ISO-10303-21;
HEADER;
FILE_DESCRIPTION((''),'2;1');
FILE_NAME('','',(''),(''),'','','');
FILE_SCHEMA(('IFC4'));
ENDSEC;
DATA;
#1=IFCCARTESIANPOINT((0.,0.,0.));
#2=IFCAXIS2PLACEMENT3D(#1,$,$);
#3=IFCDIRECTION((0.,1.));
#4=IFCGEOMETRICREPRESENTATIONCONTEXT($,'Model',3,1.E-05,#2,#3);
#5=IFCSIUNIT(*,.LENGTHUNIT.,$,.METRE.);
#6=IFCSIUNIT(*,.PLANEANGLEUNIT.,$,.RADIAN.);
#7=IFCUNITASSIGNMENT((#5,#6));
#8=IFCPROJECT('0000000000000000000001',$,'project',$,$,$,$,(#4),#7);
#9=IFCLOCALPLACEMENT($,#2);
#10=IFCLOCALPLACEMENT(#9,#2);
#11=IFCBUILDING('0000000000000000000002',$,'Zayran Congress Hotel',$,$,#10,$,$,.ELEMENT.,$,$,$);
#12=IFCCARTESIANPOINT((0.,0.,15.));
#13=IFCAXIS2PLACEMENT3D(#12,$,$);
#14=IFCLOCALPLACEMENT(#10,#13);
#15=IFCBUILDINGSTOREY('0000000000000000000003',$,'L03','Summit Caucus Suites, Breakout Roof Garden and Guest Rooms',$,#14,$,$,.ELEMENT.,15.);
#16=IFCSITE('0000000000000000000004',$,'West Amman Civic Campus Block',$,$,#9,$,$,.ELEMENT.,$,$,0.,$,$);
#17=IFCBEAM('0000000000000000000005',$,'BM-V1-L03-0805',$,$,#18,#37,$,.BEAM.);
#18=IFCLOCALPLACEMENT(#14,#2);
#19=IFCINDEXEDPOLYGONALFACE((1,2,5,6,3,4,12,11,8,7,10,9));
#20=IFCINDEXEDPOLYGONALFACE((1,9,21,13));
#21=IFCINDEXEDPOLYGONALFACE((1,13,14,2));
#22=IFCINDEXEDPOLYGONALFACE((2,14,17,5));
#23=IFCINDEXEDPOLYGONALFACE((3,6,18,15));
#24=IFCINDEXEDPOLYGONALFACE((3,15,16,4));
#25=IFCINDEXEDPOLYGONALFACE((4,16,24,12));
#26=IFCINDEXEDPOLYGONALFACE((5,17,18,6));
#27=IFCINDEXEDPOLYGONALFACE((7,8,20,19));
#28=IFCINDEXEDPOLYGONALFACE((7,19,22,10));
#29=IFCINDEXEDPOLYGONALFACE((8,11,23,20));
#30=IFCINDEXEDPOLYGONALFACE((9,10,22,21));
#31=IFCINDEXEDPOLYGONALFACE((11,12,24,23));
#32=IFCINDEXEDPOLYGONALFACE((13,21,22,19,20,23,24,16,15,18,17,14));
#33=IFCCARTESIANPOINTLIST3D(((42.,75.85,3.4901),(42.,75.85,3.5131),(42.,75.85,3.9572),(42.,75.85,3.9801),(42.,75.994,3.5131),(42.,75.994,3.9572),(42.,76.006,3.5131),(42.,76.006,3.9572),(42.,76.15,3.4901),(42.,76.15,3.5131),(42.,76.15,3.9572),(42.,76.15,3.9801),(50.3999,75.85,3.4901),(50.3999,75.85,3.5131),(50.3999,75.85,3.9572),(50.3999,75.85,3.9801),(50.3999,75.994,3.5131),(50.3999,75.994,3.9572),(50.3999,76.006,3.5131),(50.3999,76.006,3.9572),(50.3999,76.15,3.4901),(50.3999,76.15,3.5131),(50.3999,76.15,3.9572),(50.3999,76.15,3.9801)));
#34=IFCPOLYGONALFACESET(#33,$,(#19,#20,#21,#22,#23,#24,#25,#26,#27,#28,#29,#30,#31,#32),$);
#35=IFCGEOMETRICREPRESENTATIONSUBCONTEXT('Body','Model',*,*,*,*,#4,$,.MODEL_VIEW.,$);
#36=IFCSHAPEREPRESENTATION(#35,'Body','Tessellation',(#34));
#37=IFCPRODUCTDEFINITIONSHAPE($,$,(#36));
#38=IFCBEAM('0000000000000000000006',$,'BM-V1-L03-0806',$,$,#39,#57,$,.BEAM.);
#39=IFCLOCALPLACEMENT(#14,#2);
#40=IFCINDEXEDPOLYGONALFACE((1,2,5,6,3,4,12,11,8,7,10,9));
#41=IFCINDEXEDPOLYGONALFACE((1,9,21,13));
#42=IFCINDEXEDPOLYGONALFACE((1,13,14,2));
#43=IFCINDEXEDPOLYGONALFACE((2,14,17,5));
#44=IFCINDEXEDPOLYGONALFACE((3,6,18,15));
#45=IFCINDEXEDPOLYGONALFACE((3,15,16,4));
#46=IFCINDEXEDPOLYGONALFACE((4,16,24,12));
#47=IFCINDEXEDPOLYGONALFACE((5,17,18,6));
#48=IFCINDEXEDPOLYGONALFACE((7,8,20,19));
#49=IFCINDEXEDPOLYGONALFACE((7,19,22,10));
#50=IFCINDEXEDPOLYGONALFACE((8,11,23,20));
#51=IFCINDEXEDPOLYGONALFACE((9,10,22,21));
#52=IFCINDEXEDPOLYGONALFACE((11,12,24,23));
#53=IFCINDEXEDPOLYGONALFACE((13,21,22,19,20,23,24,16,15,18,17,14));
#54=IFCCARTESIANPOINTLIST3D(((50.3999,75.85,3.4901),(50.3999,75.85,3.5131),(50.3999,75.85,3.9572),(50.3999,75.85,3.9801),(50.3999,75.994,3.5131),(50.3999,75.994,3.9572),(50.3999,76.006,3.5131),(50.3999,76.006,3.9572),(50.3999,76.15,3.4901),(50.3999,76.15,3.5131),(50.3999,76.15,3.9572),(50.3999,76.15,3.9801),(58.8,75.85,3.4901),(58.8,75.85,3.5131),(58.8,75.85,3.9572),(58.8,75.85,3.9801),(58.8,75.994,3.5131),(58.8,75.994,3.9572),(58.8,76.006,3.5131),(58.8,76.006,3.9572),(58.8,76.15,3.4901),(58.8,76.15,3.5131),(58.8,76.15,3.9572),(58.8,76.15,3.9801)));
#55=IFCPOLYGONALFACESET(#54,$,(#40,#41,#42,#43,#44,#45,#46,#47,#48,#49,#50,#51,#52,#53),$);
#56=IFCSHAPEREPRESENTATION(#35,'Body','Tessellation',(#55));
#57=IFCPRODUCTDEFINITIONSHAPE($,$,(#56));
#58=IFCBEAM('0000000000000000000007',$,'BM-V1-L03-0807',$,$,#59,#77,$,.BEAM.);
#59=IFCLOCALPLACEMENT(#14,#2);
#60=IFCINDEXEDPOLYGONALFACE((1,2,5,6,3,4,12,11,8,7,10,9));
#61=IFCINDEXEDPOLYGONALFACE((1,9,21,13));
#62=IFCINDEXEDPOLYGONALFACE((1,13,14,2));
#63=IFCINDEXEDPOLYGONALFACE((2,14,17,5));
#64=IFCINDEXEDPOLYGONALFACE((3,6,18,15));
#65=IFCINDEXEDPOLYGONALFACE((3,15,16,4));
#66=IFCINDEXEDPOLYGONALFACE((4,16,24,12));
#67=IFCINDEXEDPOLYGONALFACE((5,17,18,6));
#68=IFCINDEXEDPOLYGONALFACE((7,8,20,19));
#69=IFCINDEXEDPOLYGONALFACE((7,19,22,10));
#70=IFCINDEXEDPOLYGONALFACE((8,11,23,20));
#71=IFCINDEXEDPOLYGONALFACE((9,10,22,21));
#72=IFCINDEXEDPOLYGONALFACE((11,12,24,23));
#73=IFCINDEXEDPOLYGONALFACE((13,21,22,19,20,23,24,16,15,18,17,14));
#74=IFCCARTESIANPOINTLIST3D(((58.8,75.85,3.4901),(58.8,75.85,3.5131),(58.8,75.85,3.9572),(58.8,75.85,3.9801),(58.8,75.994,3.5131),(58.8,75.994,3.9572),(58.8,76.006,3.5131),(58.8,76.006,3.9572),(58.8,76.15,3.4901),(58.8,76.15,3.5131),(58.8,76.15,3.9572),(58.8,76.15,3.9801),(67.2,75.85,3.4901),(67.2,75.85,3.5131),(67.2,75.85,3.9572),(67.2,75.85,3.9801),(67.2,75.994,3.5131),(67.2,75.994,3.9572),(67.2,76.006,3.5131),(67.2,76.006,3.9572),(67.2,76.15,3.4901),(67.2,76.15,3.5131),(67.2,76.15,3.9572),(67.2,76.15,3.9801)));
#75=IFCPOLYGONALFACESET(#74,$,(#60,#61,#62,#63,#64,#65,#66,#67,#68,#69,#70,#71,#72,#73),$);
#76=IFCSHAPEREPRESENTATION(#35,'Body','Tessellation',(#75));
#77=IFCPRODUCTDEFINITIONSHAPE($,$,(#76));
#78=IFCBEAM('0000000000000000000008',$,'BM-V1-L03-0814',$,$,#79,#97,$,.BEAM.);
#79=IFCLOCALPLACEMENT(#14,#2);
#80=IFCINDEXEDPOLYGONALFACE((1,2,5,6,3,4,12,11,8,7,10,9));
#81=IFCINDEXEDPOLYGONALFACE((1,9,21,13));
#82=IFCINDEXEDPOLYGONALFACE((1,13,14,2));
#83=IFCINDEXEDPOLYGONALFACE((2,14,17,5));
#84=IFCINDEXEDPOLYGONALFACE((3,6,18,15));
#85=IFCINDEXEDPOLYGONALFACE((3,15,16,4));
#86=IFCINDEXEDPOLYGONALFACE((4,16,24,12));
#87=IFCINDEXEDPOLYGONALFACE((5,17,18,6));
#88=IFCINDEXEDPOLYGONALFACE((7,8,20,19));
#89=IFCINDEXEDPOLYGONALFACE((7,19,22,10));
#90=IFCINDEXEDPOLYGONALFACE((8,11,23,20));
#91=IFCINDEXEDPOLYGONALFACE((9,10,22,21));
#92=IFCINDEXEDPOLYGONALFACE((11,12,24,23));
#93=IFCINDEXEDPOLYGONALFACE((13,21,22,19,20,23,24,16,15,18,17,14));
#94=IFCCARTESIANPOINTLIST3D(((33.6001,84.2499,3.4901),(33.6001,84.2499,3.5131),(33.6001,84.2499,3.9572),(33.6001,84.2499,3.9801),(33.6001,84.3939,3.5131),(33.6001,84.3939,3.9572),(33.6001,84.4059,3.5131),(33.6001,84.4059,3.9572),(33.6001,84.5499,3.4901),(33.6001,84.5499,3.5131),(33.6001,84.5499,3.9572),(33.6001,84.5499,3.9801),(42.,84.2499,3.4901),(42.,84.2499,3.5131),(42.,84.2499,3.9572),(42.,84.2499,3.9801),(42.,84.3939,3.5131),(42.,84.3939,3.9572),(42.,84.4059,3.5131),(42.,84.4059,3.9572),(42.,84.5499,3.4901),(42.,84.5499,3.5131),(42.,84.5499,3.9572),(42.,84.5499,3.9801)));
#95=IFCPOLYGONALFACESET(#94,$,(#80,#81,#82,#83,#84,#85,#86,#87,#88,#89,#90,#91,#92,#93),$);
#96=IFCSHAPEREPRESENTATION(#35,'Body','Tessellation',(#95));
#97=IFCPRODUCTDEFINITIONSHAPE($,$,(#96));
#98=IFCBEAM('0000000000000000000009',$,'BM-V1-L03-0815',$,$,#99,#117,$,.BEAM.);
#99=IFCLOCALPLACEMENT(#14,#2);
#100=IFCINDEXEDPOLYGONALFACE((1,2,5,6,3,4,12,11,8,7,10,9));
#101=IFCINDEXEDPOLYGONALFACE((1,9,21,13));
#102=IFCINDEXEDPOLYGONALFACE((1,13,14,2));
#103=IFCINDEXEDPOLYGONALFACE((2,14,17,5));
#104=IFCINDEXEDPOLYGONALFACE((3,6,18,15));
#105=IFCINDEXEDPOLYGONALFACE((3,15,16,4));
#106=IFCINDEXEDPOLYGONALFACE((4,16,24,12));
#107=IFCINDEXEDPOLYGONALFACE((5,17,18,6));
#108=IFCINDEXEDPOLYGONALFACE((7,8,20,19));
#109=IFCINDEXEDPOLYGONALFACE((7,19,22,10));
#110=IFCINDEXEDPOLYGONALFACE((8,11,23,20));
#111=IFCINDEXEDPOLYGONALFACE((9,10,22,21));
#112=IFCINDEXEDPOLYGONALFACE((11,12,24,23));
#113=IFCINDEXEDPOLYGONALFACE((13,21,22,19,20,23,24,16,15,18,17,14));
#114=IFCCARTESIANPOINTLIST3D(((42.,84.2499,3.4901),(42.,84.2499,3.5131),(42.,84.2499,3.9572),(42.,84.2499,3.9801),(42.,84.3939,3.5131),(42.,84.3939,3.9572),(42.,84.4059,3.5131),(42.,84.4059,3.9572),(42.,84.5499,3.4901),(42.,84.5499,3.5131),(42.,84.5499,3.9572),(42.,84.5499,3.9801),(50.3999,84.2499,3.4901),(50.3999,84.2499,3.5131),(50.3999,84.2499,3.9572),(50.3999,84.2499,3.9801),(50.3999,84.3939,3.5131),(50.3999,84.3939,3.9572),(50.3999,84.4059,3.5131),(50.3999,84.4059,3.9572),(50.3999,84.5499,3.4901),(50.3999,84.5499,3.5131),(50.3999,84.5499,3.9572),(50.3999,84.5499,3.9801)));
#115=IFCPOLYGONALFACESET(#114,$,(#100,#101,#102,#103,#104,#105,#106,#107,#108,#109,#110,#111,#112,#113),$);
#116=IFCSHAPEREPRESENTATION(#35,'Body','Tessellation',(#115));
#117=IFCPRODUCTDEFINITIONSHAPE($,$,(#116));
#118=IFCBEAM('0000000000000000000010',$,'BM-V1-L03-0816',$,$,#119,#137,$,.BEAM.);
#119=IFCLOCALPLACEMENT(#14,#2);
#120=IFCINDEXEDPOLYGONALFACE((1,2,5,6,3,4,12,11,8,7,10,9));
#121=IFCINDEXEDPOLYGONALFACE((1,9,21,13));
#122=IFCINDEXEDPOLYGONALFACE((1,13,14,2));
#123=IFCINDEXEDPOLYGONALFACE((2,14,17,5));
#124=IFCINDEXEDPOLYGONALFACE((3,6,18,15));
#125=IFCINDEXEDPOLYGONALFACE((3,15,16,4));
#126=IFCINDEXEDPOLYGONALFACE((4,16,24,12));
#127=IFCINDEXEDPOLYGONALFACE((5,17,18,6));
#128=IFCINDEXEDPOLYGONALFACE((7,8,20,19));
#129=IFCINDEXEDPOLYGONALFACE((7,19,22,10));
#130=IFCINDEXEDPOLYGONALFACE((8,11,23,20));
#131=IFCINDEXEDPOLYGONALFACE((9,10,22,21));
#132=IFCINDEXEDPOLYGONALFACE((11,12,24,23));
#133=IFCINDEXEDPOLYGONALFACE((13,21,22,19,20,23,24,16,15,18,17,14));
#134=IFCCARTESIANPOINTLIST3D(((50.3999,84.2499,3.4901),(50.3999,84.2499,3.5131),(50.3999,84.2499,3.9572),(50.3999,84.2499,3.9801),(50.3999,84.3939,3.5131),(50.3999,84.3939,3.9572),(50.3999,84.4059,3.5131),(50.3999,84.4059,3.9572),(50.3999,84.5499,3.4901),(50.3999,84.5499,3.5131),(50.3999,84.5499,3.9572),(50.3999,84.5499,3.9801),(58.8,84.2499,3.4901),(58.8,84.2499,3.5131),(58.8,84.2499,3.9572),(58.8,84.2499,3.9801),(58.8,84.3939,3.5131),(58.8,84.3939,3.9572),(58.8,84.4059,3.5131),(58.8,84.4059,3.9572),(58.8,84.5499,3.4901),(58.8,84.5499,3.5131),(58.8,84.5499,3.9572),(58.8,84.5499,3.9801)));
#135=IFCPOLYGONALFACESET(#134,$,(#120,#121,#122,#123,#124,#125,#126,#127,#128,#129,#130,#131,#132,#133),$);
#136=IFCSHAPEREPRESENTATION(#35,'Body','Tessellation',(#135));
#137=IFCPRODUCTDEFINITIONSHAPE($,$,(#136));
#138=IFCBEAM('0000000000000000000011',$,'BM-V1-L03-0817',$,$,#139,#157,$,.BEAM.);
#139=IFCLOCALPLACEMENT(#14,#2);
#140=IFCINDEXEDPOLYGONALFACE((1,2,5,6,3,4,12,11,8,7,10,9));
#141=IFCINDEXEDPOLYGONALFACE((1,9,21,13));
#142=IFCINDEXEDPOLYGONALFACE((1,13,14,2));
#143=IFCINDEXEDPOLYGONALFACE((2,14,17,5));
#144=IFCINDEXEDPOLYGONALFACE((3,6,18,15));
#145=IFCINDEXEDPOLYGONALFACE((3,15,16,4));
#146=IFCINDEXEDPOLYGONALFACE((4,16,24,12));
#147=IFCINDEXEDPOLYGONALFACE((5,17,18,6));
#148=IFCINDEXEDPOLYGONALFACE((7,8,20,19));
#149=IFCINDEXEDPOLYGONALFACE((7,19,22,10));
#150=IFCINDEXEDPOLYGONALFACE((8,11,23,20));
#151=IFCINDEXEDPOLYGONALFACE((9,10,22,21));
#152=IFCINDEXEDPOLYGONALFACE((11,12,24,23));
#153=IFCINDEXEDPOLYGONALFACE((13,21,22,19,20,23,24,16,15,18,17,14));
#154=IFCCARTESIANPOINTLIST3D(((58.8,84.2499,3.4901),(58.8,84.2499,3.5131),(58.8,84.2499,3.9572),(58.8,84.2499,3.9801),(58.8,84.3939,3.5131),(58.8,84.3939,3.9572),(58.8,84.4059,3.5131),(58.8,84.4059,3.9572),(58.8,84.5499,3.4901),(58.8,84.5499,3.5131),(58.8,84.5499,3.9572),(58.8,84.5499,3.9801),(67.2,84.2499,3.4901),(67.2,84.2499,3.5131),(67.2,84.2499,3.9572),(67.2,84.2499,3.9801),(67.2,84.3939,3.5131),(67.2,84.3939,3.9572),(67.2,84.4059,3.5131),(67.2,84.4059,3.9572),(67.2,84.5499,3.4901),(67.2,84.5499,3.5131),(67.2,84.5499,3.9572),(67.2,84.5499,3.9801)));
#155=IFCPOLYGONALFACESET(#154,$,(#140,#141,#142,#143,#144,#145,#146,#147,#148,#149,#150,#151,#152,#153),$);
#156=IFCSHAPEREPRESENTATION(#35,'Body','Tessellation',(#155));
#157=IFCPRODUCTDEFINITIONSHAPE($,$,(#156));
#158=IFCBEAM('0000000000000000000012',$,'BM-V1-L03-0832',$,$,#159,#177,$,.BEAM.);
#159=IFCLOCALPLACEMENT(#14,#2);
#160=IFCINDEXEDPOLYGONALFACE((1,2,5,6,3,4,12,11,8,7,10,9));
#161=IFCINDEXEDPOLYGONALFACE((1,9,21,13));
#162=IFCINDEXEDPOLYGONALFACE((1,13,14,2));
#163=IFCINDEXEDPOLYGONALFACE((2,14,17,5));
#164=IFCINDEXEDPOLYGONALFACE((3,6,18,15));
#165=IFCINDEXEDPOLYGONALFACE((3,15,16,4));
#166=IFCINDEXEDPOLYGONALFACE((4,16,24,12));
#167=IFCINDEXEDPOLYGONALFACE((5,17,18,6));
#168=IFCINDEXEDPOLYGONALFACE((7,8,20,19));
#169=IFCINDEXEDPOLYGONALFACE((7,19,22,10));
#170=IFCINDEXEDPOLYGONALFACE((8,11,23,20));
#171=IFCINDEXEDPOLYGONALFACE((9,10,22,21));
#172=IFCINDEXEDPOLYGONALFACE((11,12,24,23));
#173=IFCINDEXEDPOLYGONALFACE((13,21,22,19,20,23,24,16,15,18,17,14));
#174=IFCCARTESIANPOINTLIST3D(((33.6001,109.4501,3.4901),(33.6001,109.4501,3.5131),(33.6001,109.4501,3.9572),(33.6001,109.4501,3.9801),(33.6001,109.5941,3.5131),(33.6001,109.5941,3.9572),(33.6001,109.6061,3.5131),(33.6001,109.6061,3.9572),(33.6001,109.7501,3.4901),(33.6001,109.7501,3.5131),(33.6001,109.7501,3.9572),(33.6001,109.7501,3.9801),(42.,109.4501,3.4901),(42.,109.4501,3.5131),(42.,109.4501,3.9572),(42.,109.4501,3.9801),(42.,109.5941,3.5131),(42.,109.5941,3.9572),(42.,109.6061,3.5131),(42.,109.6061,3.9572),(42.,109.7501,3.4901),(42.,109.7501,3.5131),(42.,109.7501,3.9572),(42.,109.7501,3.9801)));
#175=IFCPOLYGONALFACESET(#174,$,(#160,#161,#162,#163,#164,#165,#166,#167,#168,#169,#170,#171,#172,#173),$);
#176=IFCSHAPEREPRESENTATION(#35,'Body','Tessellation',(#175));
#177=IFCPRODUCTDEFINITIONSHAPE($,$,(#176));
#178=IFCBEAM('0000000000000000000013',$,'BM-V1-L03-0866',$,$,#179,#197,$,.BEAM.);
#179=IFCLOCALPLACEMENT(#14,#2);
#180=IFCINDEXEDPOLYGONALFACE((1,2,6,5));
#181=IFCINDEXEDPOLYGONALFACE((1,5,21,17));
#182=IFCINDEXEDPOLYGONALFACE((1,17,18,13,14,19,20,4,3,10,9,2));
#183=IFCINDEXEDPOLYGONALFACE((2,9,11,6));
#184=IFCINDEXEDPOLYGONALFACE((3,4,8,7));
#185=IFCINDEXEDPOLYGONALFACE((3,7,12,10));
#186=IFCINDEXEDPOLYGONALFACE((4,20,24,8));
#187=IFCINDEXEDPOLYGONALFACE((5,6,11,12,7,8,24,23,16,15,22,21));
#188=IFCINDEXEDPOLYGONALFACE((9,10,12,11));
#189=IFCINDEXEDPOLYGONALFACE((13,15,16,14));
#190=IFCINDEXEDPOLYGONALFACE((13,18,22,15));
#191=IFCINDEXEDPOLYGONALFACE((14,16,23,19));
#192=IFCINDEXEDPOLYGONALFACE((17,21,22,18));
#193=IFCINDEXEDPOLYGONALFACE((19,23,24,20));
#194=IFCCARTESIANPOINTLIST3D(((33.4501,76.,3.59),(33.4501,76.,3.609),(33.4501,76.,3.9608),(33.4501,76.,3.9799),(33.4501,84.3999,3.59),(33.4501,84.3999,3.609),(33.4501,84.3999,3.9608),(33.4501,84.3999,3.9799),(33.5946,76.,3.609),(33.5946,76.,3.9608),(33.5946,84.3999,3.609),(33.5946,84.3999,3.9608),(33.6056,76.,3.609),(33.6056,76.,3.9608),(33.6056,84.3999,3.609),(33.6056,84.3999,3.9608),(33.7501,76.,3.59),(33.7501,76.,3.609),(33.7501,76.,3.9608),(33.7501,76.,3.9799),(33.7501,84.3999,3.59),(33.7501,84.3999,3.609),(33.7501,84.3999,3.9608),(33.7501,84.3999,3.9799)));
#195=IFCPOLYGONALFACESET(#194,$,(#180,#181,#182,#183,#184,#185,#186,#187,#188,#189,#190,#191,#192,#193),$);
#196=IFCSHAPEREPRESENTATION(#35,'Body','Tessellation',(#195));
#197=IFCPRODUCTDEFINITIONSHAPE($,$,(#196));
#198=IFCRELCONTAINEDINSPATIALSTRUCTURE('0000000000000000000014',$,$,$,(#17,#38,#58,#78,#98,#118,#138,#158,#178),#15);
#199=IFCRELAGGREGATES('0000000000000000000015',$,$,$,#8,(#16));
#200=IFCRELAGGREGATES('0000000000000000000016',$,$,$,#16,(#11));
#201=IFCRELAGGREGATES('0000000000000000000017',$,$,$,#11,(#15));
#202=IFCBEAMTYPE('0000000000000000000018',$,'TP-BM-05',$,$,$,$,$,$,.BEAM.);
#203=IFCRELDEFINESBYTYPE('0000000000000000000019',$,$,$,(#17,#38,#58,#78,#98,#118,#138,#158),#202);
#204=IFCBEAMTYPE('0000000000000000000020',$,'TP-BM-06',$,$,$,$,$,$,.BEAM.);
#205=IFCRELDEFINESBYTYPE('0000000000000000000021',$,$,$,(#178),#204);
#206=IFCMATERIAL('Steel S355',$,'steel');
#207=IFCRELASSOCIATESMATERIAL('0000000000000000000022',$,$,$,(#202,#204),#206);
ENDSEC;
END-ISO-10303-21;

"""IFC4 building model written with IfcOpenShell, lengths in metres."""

from ifc_helpers import new_model, si_unit, direction, frame, origin, origin_2d, place, context, subcontext, project, spatial, i_section, extrude, material, material_profile, profile_set, type_object, element, save


model = new_model("IFC4")

# Units and contexts
model_context = context("Model", 3, precision=1e-05, world=origin(), true_north=direction((0.0, 1.0)))
body_context = subcontext(model_context, "Body", "Model", "MODEL_VIEW")
ifc_project = project(units=[si_unit("LENGTHUNIT", "METRE"), si_unit("PLANEANGLEUNIT", "RADIAN")], contexts=[model_context])

# Site, building, storey
site_placement = place(None, origin())
site = spatial("IfcSite", under=ifc_project, at=site_placement, Name="West Amman Civic Campus Block", CompositionType="ELEMENT", RefElevation=0.0)
building_placement = place(site_placement, origin())
building = spatial("IfcBuilding", under=site, at=building_placement, Name="Zayran Congress Hotel", CompositionType="ELEMENT")
storey_placement = place(building_placement, frame((0.0, 0.0, 15.0)))
storey = spatial("IfcBuildingStorey", under=building, at=storey_placement, Name="L03", Description="Summit Caucus Suites, Breakout Roof Garden and Guest Rooms", CompositionType="ELEMENT", Elevation=15.0)

# Shared definitions
ifc_material_1 = material(Name="Steel S355", Category="steel")

# Beams
ifc_material_profile_1 = material_profile(ifc_material_1, i_section(OverallWidth=0.3, OverallDepth=0.49, WebThickness=0.012, FlangeThickness=0.0229, at=origin_2d()), Name="HEA 500")
ifc_profile_set_1 = profile_set([ifc_material_profile_1], Name="Steel S355")
beam_type_1 = type_object("IfcBeamType", Name="TP-BM-05", PredefinedType="BEAM", material=ifc_profile_set_1)
for number, where, z_axis, x_axis, name in (
    (1, (42.0, 76.0, 3.7351), (1.0, 0.0, 0.0), (0.0, 1.0, 0.0), "BM-V1-L03-0805"),
):
    element("IfcBeam", number, at=place(storey_placement, frame(where, z_axis=z_axis, x_axis=x_axis)), inside=storey, type_object=beam_type_1, Name=name, PredefinedType="BEAM", context=body_context, shape_type="SweptSolid", body=[
        extrude(i_section(OverallWidth=0.3, OverallDepth=0.49, WebThickness=0.012, FlangeThickness=0.0229, at=origin_2d()), origin(), (0.0, 0.0, 1.0), 8.3999),
    ])
beam_1_placement = place(storey_placement, frame((50.3999, 76.0, 3.7351), z_axis=(1.0, 0.0, 0.0), x_axis=(0.0, 1.0, 0.0)))
element("IfcBeam", 2, at=beam_1_placement, inside=storey, type_object=beam_type_1, Name="BM-V1-L03-0806", PredefinedType="BEAM", context=body_context, shape_type="SweptSolid", body=[
    extrude(i_section(OverallWidth=0.3, OverallDepth=0.49, WebThickness=0.012, FlangeThickness=0.0229, at=origin_2d()), origin(), (0.0, 0.0, 1.0), 8.4001),
])
for number, where, z_axis, x_axis, name in (
    (3, (58.8, 76.0, 3.7351), (1.0, 0.0, 0.0), (0.0, 1.0, 0.0), "BM-V1-L03-0807"),
    (4, (33.6001, 84.3999, 3.7351), (1.0, 0.0, 0.0), (0.0, 1.0, 0.0), "BM-V1-L03-0814"),
    (5, (42.0, 84.3999, 3.7351), (1.0, 0.0, 0.0), (0.0, 1.0, 0.0), "BM-V1-L03-0815"),
):
    element("IfcBeam", number, at=place(storey_placement, frame(where, z_axis=z_axis, x_axis=x_axis)), inside=storey, type_object=beam_type_1, Name=name, PredefinedType="BEAM", context=body_context, shape_type="SweptSolid", body=[
        extrude(i_section(OverallWidth=0.3, OverallDepth=0.49, WebThickness=0.012, FlangeThickness=0.0229, at=origin_2d()), origin(), (0.0, 0.0, 1.0), 8.3999),
    ])
beam_2_placement = place(storey_placement, frame((50.3999, 84.3999, 3.7351), z_axis=(1.0, 0.0, 0.0), x_axis=(0.0, 1.0, 0.0)))
element("IfcBeam", 6, at=beam_2_placement, inside=storey, type_object=beam_type_1, Name="BM-V1-L03-0816", PredefinedType="BEAM", context=body_context, shape_type="SweptSolid", body=[
    extrude(i_section(OverallWidth=0.3, OverallDepth=0.49, WebThickness=0.012, FlangeThickness=0.0229, at=origin_2d()), origin(), (0.0, 0.0, 1.0), 8.4001),
])
for number, where, z_axis, x_axis, name in (
    (7, (58.8, 84.3999, 3.7351), (1.0, 0.0, 0.0), (0.0, 1.0, 0.0), "BM-V1-L03-0817"),
    (8, (33.6001, 109.6001, 3.7351), (1.0, 0.0, 0.0), (0.0, 1.0, 0.0), "BM-V1-L03-0832"),
):
    element("IfcBeam", number, at=place(storey_placement, frame(where, z_axis=z_axis, x_axis=x_axis)), inside=storey, type_object=beam_type_1, Name=name, PredefinedType="BEAM", context=body_context, shape_type="SweptSolid", body=[
        extrude(i_section(OverallWidth=0.3, OverallDepth=0.49, WebThickness=0.012, FlangeThickness=0.0229, at=origin_2d()), origin(), (0.0, 0.0, 1.0), 8.3999),
    ])
ifc_material_profile_2 = material_profile(ifc_material_1, i_section(OverallWidth=0.3, OverallDepth=0.3899, WebThickness=0.011, FlangeThickness=0.019, at=origin_2d()), Name="HEA 400")
ifc_profile_set_2 = profile_set([ifc_material_profile_2], Name="Steel S355")
beam_type_2 = type_object("IfcBeamType", Name="TP-BM-06", PredefinedType="BEAM", material=ifc_profile_set_2)
beam_3_placement = place(storey_placement, frame((33.6001, 76.0, 3.7849), z_axis=(0.0, 1.0, 0.0), x_axis=(-1.0, 0.0, 0.0)))
element("IfcBeam", 9, at=beam_3_placement, inside=storey, type_object=beam_type_2, Name="BM-V1-L03-0866", PredefinedType="BEAM", context=body_context, shape_type="SweptSolid", body=[
    extrude(i_section(OverallWidth=0.3, OverallDepth=0.3899, WebThickness=0.011, FlangeThickness=0.019, at=origin_2d()), origin(), (0.0, 0.0, 1.0), 8.3999),
])

save(model, "model.ifc")
